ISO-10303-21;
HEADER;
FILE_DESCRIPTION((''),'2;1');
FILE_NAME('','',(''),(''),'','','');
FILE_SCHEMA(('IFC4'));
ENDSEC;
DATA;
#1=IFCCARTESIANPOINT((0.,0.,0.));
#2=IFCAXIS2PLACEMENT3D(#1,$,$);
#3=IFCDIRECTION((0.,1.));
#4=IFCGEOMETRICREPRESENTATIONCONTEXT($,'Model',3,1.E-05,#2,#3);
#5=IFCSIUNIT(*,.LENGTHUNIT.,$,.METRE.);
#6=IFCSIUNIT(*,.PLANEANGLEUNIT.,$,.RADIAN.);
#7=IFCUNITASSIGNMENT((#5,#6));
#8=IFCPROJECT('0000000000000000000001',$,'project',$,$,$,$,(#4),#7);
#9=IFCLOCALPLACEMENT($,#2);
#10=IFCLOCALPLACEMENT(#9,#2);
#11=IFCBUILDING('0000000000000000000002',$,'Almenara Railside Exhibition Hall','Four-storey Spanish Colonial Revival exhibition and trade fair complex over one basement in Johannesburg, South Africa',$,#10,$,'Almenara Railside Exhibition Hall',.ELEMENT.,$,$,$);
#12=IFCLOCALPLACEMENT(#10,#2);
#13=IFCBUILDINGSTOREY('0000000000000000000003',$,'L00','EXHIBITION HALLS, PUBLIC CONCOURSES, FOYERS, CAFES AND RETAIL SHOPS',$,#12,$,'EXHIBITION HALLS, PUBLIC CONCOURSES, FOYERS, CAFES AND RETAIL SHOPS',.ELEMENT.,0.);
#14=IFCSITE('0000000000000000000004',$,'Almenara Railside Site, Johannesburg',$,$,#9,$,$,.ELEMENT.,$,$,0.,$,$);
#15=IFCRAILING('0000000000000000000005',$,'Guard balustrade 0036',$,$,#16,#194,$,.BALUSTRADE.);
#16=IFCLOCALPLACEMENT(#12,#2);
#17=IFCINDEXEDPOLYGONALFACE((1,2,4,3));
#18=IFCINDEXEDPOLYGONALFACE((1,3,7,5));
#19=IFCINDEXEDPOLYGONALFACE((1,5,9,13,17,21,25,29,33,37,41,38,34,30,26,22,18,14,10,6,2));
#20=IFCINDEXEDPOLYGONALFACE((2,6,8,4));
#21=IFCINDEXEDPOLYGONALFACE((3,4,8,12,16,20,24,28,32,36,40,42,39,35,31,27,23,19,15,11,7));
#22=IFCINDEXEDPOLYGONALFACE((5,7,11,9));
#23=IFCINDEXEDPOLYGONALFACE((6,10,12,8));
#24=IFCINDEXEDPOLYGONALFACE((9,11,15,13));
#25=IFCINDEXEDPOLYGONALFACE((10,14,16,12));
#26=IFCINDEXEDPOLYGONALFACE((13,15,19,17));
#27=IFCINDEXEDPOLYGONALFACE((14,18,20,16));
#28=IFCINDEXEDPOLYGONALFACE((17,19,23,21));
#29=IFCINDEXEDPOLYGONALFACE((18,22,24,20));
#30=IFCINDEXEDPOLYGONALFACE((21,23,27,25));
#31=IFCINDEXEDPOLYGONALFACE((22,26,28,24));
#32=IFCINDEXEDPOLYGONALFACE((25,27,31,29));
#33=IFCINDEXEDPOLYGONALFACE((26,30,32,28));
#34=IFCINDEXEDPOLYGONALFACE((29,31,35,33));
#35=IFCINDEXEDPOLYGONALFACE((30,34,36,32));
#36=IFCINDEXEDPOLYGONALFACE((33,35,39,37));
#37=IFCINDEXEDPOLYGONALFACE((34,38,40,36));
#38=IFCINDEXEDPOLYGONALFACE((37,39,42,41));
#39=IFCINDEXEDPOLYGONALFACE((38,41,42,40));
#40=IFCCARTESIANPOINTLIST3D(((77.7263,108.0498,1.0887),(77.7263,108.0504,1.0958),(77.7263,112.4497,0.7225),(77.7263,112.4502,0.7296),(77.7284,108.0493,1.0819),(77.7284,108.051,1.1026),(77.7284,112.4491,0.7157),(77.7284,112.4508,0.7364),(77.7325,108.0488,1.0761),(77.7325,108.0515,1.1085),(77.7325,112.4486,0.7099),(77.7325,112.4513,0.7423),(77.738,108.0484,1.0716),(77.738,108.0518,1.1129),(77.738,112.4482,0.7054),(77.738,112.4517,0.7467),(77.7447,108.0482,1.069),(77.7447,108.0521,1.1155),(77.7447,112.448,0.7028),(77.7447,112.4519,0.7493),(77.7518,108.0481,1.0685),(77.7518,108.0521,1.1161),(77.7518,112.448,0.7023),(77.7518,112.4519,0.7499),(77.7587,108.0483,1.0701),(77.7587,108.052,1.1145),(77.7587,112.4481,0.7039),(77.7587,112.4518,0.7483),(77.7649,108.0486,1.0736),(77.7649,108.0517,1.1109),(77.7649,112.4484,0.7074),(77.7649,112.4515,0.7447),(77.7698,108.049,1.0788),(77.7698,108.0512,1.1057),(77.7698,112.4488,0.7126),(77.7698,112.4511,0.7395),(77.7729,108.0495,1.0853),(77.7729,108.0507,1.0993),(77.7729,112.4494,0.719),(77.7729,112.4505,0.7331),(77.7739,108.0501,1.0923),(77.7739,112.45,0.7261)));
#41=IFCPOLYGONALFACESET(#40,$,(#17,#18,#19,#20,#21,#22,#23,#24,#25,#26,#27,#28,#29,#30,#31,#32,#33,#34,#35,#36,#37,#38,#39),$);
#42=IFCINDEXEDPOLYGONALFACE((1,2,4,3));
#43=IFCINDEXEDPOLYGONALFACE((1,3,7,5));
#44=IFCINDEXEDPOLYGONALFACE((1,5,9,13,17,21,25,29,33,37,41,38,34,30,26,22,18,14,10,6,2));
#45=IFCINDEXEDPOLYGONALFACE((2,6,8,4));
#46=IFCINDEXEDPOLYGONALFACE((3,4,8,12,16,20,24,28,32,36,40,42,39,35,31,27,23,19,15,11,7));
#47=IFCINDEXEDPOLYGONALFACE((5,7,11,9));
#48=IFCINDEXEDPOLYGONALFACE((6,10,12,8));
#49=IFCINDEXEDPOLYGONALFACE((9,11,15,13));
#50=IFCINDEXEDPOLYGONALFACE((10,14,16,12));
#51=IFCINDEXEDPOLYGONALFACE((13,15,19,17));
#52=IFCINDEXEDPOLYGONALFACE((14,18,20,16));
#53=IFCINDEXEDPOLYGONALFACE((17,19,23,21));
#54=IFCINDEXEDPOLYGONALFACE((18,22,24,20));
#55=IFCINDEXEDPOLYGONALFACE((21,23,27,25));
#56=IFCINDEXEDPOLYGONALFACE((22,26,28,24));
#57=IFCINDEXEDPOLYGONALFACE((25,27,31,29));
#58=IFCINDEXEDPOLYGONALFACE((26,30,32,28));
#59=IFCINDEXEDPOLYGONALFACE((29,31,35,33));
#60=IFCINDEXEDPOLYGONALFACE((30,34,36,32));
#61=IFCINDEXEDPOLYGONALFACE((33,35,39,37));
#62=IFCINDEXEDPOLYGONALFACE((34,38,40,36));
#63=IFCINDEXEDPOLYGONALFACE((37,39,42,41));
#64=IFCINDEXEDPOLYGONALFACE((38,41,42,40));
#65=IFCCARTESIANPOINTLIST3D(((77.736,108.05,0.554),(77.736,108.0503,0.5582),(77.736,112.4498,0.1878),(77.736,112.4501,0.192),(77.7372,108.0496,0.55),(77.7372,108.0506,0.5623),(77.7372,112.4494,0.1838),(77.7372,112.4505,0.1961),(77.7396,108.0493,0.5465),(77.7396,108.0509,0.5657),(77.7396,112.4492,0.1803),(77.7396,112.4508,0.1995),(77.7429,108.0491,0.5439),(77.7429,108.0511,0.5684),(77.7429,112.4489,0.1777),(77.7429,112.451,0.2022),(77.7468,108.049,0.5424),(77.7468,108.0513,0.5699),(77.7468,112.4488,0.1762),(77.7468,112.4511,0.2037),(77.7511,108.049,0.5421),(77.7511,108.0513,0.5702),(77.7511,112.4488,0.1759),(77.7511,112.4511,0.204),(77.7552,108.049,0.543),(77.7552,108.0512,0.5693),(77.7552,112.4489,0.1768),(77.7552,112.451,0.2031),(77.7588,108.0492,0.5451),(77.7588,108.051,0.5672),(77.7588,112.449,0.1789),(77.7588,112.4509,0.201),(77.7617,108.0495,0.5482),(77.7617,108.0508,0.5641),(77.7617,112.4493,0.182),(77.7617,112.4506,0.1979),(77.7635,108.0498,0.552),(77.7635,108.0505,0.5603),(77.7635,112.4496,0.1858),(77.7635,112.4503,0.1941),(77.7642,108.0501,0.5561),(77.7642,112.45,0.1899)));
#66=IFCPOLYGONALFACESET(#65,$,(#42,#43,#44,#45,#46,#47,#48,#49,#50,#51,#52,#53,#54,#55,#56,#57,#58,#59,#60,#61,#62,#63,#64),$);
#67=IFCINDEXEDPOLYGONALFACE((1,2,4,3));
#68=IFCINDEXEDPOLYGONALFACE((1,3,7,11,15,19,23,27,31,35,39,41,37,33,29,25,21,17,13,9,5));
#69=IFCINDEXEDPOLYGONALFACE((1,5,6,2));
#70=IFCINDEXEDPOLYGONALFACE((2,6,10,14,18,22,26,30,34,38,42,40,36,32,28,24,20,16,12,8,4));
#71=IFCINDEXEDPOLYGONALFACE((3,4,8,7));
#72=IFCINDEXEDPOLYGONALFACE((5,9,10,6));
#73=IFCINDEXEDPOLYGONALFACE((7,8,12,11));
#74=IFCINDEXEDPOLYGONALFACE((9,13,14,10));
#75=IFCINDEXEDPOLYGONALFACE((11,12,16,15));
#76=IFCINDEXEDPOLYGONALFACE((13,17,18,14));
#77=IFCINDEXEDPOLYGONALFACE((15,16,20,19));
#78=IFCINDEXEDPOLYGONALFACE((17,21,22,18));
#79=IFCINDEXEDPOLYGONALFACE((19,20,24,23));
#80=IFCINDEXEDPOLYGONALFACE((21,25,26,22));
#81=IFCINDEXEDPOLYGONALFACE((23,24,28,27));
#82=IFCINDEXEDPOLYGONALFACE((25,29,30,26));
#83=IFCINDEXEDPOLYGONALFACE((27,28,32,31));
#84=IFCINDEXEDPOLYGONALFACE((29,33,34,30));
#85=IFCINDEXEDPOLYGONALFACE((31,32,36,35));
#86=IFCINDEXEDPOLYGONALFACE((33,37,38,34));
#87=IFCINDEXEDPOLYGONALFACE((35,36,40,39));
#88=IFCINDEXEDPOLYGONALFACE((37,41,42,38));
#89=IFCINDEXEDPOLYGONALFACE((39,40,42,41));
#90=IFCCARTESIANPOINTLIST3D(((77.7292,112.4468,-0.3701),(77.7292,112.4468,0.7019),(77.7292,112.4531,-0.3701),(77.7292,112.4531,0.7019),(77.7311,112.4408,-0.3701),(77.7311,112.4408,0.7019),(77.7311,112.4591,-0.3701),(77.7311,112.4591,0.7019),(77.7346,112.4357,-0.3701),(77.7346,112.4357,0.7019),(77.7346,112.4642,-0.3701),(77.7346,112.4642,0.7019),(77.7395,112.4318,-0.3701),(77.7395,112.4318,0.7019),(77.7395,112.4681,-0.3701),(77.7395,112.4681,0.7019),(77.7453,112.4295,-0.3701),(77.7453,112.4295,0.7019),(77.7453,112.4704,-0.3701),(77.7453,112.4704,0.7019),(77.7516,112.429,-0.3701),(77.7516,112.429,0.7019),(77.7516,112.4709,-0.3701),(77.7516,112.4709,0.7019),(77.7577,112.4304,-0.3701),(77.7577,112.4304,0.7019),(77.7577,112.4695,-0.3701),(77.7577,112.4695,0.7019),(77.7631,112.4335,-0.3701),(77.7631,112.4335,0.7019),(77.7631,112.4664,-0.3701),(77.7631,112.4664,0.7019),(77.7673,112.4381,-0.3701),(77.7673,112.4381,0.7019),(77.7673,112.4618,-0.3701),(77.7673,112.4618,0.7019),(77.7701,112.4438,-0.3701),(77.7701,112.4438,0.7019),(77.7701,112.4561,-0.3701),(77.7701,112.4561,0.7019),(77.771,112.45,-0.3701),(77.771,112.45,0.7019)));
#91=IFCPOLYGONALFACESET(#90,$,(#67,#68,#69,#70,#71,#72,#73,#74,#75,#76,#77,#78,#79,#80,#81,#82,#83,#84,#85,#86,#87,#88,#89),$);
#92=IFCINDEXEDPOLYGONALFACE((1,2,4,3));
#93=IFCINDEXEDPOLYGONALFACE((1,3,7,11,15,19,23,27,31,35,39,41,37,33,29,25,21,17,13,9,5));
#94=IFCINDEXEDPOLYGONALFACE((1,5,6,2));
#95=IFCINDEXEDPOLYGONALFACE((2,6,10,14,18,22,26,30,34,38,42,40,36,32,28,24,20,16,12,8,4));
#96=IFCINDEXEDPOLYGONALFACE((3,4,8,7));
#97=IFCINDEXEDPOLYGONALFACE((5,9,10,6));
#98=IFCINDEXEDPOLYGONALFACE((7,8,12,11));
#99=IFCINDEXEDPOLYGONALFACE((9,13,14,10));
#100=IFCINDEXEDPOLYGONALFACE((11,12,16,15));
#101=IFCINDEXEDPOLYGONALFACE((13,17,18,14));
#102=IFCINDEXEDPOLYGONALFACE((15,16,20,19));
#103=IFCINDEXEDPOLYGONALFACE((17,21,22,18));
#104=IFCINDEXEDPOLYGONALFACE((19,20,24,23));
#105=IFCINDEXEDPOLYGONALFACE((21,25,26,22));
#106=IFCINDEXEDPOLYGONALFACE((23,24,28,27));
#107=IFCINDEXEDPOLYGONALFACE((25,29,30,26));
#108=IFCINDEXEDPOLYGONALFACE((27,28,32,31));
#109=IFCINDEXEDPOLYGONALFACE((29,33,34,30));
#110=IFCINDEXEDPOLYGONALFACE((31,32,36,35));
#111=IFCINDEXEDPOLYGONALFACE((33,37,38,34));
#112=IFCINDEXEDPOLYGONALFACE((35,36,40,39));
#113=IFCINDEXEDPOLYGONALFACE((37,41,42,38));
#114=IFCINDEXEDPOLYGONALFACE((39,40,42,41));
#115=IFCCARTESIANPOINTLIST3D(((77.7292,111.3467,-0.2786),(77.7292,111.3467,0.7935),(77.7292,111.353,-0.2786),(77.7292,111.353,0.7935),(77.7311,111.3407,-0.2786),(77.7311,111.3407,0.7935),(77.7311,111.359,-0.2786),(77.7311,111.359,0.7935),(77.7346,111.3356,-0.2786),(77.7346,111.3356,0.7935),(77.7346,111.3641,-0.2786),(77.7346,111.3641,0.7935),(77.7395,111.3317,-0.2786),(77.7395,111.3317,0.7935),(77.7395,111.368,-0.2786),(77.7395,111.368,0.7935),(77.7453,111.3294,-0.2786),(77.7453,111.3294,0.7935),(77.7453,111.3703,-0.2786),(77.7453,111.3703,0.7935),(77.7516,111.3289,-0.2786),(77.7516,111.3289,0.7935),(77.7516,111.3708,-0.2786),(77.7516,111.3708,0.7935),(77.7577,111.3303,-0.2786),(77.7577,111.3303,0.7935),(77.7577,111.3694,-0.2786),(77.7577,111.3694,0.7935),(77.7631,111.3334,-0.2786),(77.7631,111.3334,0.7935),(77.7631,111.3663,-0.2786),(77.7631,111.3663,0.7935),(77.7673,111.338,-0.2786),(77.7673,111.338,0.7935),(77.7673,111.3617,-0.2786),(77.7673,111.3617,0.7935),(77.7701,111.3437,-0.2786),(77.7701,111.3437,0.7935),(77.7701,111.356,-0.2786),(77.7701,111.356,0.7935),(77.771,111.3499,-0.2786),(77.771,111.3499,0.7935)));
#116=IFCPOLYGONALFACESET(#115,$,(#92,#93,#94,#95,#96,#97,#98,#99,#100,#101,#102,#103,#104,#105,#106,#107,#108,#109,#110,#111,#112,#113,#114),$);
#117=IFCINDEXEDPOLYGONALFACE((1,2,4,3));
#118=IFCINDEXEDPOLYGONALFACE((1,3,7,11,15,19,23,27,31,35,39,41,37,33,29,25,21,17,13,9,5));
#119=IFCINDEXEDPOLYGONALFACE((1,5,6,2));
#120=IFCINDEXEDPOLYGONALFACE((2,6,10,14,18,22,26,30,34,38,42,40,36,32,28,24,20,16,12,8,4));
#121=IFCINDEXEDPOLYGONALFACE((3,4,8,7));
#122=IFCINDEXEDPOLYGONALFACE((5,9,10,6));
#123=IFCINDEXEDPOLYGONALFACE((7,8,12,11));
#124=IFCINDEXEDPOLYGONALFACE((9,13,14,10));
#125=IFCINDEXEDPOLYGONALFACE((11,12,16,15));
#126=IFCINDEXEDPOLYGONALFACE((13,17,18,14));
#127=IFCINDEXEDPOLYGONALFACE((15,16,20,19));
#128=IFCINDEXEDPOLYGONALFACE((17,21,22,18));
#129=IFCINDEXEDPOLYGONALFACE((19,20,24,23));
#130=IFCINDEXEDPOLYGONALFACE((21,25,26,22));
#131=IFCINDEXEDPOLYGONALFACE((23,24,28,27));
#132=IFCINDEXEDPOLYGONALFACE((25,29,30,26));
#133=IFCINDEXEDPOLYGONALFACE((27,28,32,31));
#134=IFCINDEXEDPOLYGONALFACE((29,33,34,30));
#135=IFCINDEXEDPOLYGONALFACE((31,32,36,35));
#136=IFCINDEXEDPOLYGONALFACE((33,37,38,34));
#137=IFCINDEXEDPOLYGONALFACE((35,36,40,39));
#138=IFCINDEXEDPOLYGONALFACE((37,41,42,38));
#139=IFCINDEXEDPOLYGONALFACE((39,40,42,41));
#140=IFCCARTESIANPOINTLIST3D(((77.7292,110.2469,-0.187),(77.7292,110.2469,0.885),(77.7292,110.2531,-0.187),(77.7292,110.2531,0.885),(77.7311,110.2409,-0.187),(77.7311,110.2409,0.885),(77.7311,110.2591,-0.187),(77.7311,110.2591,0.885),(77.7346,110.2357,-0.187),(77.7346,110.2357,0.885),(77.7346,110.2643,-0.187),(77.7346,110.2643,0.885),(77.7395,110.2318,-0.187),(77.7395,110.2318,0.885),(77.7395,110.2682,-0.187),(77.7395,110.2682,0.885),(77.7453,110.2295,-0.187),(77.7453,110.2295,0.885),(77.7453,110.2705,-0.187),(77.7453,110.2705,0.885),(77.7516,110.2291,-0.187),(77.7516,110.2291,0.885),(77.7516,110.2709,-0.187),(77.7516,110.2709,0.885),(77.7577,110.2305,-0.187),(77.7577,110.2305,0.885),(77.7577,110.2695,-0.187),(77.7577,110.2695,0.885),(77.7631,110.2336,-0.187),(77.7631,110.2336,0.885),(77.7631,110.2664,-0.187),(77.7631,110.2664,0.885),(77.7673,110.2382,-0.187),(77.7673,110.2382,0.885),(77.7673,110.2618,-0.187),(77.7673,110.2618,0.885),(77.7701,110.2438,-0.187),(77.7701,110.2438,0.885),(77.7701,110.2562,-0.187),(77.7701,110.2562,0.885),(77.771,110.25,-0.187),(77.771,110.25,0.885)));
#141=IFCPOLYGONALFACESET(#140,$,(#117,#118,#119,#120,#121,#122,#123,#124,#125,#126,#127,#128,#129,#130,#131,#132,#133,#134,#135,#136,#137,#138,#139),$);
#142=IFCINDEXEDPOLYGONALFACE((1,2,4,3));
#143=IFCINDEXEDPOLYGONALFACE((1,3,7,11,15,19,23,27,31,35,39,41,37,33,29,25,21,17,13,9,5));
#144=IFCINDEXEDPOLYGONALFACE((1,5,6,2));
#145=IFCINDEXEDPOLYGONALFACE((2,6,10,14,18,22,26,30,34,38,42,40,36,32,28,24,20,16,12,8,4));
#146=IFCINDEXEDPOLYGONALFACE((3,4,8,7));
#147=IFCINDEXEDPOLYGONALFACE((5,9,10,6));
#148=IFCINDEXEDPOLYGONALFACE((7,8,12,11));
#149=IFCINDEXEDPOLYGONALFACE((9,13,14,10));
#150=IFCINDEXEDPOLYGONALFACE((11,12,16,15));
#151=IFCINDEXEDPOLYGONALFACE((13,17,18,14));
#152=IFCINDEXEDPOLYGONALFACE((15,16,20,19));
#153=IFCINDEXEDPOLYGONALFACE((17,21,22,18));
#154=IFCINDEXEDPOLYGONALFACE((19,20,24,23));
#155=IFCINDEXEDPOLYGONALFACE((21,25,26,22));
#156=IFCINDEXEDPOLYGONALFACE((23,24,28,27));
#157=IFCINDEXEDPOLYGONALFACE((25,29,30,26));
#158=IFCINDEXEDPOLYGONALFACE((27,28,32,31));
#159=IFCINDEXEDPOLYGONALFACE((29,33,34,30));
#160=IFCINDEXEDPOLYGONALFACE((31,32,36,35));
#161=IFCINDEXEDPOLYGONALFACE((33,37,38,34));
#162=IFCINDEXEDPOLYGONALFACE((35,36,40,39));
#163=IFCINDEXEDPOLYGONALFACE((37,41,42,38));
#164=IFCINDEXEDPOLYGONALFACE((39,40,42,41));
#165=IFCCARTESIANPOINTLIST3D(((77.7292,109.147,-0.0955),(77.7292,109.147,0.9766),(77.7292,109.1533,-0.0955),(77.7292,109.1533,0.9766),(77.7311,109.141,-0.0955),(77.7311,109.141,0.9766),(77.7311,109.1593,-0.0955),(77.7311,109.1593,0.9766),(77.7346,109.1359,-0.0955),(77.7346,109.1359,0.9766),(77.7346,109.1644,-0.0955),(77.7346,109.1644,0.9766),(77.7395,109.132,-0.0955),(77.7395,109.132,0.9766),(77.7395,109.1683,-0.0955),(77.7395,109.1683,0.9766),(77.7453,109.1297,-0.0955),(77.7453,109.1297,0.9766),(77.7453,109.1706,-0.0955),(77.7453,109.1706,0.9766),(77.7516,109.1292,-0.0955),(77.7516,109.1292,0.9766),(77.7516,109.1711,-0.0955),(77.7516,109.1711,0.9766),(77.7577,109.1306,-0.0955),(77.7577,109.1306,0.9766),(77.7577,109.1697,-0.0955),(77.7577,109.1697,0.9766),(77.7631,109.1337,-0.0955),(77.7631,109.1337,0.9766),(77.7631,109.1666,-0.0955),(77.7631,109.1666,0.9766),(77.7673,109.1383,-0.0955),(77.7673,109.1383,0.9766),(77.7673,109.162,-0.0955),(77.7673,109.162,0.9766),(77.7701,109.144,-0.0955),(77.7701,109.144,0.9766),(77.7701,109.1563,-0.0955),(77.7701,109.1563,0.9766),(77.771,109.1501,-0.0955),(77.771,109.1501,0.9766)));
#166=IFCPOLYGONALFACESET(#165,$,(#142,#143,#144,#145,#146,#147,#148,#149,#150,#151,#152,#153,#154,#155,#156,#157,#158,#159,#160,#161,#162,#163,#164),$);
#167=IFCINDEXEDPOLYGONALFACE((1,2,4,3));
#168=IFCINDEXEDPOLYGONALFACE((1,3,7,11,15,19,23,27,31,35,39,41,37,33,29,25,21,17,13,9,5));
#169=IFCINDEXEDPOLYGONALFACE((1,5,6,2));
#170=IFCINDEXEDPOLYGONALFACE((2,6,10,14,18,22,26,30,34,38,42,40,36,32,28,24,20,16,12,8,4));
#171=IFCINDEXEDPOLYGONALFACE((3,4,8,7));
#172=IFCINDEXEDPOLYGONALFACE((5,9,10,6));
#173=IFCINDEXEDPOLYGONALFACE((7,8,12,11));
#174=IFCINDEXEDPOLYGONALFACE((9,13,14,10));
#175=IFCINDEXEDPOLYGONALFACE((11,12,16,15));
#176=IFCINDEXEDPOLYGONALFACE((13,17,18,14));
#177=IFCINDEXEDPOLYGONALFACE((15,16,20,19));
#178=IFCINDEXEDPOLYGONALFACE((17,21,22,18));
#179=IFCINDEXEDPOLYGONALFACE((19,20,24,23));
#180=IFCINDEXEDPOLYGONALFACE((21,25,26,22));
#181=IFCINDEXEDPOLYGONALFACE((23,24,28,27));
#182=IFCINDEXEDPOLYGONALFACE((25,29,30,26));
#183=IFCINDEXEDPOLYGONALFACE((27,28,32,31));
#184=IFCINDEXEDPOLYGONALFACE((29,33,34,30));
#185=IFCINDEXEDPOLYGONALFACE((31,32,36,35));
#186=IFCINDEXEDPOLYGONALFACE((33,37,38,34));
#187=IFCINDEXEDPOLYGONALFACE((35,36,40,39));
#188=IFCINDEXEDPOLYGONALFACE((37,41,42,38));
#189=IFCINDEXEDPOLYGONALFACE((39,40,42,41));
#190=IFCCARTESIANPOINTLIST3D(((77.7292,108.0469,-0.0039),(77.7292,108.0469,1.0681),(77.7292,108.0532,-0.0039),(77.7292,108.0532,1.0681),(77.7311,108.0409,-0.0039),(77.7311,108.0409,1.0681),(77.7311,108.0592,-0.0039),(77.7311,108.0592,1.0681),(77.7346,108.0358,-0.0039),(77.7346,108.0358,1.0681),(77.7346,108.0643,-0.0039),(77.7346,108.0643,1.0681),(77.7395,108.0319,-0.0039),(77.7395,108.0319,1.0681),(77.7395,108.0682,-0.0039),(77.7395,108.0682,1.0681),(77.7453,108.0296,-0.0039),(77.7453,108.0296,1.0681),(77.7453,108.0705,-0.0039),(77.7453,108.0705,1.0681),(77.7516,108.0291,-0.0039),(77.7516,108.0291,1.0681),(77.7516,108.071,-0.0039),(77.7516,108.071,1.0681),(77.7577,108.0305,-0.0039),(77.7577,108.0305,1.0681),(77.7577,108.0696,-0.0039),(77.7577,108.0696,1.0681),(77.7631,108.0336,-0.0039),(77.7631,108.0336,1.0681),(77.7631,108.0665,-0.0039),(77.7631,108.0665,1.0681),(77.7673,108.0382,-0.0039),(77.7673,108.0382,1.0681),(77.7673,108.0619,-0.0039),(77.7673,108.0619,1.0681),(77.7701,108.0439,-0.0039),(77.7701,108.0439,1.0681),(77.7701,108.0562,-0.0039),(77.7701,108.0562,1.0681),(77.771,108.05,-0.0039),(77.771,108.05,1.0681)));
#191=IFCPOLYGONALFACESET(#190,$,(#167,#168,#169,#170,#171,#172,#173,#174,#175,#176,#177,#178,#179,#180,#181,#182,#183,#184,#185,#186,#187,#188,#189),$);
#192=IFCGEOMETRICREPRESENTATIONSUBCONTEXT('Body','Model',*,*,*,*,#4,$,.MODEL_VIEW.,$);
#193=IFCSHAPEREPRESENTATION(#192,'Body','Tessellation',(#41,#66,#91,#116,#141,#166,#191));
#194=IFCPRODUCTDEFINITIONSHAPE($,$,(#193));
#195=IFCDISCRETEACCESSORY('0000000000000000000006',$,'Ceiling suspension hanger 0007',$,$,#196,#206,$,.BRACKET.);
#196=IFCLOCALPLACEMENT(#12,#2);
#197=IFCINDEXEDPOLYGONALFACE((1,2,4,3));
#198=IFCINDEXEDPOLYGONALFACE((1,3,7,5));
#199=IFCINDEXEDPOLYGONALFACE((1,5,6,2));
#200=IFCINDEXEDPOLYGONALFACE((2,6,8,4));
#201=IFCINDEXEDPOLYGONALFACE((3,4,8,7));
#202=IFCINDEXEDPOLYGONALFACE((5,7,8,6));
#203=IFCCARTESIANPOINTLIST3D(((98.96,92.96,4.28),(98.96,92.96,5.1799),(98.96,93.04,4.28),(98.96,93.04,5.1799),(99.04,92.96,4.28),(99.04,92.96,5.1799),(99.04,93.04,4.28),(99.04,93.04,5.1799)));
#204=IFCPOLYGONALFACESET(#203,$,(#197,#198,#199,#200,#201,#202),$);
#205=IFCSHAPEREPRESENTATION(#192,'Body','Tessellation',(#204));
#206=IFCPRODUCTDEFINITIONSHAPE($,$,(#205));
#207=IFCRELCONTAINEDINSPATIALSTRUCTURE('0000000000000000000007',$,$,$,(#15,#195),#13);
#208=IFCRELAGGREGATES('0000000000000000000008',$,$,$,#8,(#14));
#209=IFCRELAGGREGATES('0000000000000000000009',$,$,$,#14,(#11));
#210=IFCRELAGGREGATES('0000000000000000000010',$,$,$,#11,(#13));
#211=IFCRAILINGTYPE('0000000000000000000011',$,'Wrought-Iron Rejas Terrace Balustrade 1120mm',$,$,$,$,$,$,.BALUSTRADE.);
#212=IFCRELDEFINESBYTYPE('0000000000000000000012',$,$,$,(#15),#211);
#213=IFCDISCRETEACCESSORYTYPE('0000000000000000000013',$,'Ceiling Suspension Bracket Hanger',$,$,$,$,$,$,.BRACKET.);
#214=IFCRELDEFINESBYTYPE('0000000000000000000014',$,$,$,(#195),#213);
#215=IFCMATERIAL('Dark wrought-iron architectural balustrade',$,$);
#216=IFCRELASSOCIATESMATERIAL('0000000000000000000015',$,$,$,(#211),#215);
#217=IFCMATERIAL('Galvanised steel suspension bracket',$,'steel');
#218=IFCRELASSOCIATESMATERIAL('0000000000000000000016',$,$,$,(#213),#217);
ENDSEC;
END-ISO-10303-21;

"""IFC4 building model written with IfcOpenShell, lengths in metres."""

from ifc_helpers import new_model, si_unit, direction, frame, origin, origin_2d, place, context, subcontext, project, spatial, rectangle, circle, extrude, material, type_object, element, save


model = new_model("IFC4")

# Units and contexts
model_context = context("Model", 3, precision=1e-05, world=origin(), true_north=direction((0.0, 1.0)))
body_context = subcontext(model_context, "Body", "Model", "MODEL_VIEW")
ifc_project = project(units=[si_unit("LENGTHUNIT", "METRE"), si_unit("PLANEANGLEUNIT", "RADIAN")], contexts=[model_context])

# Site, building, storey
site_placement = place(None, origin())
site = spatial("IfcSite", under=ifc_project, at=site_placement, Name="Almenara Railside Site, Johannesburg", CompositionType="ELEMENT", RefElevation=0.0)
building_placement = place(site_placement, origin())
building = spatial("IfcBuilding", under=site, at=building_placement, Name="Almenara Railside Exhibition Hall", Description="Four-storey Spanish Colonial Revival exhibition and trade fair complex over one basement in Johannesburg, South Africa", LongName="Almenara Railside Exhibition Hall", CompositionType="ELEMENT")
storey_placement = place(building_placement, origin())
storey = spatial("IfcBuildingStorey", under=building, at=storey_placement, Name="L00", Description="EXHIBITION HALLS, PUBLIC CONCOURSES, FOYERS, CAFES AND RETAIL SHOPS", LongName="EXHIBITION HALLS, PUBLIC CONCOURSES, FOYERS, CAFES AND RETAIL SHOPS", CompositionType="ELEMENT", Elevation=0.0)

# Railing
ifc_material_1 = material(Name="Dark wrought-iron architectural balustrade")
railing_type = type_object("IfcRailingType", Name="Wrought-Iron Rejas Terrace Balustrade 1120mm", PredefinedType="BALUSTRADE", material=ifc_material_1)
for number, where, name in (
    (1, (77.75, 112.45, -0.3701), "Guard balustrade 0036"),
):
    element("IfcRailing", number, at=place(storey_placement, frame(where)), inside=storey, type_object=railing_type, Name=name, PredefinedType="BALUSTRADE", context=body_context, shape_type="SweptSolid", body=[
        extrude(circle(Radius=0.0239, at=origin_2d()), frame((0.0, 0.0, 1.0962), z_axis=(0.0, -0.996554, 0.082945), x_axis=(1.0, 0.0, 0.0)), (0.0, 0.0, 1.0), 4.415),
        extrude(circle(Radius=0.0142, at=origin_2d()), frame((0.0, 0.0, 0.5601), z_axis=(0.0, -0.996554, 0.082945), x_axis=(1.0, 0.0, 0.0)), (0.0, 0.0, 1.0), 4.415),
        extrude(circle(Radius=0.021, at=origin_2d()), origin(), (0.0, 0.0, 1.0), 1.072),
        extrude(circle(Radius=0.021, at=origin_2d()), frame((0.0, -1.1001, 0.0916)), (0.0, 0.0, 1.0), 1.072),
        extrude(circle(Radius=0.021, at=origin_2d()), frame((0.0, -2.2, 0.1831)), (0.0, 0.0, 1.0), 1.072),
        extrude(circle(Radius=0.021, at=origin_2d()), frame((0.0, -3.2998, 0.2747)), (0.0, 0.0, 1.0), 1.072),
        extrude(circle(Radius=0.021, at=origin_2d()), frame((0.0, -4.3999, 0.3662)), (0.0, 0.0, 1.0), 1.072),
    ])

# Discrete accessory
ifc_material_2 = material(Name="Galvanised steel suspension bracket", Category="steel")
discrete_accessory_type = type_object("IfcDiscreteAccessoryType", Name="Ceiling Suspension Bracket Hanger", PredefinedType="BRACKET", material=ifc_material_2)
for number, where, z_axis, x_axis, name in (
    (2, (99.0, 93.0, 4.28), (0.0, 0.0, 1.0), (1.0, 0.0, 0.0), "Ceiling suspension hanger 0007"),
):
    element("IfcDiscreteAccessory", number, at=place(storey_placement, frame(where, z_axis=z_axis, x_axis=x_axis)), inside=storey, type_object=discrete_accessory_type, Name=name, PredefinedType="BRACKET", context=body_context, shape_type="SweptSolid", body=[
        extrude(rectangle(XDim=0.0801, YDim=0.0801, at=origin_2d()), origin(), (0.0, 0.0, 1.0), 0.8999),
    ])

save(model, "model.ifc")
